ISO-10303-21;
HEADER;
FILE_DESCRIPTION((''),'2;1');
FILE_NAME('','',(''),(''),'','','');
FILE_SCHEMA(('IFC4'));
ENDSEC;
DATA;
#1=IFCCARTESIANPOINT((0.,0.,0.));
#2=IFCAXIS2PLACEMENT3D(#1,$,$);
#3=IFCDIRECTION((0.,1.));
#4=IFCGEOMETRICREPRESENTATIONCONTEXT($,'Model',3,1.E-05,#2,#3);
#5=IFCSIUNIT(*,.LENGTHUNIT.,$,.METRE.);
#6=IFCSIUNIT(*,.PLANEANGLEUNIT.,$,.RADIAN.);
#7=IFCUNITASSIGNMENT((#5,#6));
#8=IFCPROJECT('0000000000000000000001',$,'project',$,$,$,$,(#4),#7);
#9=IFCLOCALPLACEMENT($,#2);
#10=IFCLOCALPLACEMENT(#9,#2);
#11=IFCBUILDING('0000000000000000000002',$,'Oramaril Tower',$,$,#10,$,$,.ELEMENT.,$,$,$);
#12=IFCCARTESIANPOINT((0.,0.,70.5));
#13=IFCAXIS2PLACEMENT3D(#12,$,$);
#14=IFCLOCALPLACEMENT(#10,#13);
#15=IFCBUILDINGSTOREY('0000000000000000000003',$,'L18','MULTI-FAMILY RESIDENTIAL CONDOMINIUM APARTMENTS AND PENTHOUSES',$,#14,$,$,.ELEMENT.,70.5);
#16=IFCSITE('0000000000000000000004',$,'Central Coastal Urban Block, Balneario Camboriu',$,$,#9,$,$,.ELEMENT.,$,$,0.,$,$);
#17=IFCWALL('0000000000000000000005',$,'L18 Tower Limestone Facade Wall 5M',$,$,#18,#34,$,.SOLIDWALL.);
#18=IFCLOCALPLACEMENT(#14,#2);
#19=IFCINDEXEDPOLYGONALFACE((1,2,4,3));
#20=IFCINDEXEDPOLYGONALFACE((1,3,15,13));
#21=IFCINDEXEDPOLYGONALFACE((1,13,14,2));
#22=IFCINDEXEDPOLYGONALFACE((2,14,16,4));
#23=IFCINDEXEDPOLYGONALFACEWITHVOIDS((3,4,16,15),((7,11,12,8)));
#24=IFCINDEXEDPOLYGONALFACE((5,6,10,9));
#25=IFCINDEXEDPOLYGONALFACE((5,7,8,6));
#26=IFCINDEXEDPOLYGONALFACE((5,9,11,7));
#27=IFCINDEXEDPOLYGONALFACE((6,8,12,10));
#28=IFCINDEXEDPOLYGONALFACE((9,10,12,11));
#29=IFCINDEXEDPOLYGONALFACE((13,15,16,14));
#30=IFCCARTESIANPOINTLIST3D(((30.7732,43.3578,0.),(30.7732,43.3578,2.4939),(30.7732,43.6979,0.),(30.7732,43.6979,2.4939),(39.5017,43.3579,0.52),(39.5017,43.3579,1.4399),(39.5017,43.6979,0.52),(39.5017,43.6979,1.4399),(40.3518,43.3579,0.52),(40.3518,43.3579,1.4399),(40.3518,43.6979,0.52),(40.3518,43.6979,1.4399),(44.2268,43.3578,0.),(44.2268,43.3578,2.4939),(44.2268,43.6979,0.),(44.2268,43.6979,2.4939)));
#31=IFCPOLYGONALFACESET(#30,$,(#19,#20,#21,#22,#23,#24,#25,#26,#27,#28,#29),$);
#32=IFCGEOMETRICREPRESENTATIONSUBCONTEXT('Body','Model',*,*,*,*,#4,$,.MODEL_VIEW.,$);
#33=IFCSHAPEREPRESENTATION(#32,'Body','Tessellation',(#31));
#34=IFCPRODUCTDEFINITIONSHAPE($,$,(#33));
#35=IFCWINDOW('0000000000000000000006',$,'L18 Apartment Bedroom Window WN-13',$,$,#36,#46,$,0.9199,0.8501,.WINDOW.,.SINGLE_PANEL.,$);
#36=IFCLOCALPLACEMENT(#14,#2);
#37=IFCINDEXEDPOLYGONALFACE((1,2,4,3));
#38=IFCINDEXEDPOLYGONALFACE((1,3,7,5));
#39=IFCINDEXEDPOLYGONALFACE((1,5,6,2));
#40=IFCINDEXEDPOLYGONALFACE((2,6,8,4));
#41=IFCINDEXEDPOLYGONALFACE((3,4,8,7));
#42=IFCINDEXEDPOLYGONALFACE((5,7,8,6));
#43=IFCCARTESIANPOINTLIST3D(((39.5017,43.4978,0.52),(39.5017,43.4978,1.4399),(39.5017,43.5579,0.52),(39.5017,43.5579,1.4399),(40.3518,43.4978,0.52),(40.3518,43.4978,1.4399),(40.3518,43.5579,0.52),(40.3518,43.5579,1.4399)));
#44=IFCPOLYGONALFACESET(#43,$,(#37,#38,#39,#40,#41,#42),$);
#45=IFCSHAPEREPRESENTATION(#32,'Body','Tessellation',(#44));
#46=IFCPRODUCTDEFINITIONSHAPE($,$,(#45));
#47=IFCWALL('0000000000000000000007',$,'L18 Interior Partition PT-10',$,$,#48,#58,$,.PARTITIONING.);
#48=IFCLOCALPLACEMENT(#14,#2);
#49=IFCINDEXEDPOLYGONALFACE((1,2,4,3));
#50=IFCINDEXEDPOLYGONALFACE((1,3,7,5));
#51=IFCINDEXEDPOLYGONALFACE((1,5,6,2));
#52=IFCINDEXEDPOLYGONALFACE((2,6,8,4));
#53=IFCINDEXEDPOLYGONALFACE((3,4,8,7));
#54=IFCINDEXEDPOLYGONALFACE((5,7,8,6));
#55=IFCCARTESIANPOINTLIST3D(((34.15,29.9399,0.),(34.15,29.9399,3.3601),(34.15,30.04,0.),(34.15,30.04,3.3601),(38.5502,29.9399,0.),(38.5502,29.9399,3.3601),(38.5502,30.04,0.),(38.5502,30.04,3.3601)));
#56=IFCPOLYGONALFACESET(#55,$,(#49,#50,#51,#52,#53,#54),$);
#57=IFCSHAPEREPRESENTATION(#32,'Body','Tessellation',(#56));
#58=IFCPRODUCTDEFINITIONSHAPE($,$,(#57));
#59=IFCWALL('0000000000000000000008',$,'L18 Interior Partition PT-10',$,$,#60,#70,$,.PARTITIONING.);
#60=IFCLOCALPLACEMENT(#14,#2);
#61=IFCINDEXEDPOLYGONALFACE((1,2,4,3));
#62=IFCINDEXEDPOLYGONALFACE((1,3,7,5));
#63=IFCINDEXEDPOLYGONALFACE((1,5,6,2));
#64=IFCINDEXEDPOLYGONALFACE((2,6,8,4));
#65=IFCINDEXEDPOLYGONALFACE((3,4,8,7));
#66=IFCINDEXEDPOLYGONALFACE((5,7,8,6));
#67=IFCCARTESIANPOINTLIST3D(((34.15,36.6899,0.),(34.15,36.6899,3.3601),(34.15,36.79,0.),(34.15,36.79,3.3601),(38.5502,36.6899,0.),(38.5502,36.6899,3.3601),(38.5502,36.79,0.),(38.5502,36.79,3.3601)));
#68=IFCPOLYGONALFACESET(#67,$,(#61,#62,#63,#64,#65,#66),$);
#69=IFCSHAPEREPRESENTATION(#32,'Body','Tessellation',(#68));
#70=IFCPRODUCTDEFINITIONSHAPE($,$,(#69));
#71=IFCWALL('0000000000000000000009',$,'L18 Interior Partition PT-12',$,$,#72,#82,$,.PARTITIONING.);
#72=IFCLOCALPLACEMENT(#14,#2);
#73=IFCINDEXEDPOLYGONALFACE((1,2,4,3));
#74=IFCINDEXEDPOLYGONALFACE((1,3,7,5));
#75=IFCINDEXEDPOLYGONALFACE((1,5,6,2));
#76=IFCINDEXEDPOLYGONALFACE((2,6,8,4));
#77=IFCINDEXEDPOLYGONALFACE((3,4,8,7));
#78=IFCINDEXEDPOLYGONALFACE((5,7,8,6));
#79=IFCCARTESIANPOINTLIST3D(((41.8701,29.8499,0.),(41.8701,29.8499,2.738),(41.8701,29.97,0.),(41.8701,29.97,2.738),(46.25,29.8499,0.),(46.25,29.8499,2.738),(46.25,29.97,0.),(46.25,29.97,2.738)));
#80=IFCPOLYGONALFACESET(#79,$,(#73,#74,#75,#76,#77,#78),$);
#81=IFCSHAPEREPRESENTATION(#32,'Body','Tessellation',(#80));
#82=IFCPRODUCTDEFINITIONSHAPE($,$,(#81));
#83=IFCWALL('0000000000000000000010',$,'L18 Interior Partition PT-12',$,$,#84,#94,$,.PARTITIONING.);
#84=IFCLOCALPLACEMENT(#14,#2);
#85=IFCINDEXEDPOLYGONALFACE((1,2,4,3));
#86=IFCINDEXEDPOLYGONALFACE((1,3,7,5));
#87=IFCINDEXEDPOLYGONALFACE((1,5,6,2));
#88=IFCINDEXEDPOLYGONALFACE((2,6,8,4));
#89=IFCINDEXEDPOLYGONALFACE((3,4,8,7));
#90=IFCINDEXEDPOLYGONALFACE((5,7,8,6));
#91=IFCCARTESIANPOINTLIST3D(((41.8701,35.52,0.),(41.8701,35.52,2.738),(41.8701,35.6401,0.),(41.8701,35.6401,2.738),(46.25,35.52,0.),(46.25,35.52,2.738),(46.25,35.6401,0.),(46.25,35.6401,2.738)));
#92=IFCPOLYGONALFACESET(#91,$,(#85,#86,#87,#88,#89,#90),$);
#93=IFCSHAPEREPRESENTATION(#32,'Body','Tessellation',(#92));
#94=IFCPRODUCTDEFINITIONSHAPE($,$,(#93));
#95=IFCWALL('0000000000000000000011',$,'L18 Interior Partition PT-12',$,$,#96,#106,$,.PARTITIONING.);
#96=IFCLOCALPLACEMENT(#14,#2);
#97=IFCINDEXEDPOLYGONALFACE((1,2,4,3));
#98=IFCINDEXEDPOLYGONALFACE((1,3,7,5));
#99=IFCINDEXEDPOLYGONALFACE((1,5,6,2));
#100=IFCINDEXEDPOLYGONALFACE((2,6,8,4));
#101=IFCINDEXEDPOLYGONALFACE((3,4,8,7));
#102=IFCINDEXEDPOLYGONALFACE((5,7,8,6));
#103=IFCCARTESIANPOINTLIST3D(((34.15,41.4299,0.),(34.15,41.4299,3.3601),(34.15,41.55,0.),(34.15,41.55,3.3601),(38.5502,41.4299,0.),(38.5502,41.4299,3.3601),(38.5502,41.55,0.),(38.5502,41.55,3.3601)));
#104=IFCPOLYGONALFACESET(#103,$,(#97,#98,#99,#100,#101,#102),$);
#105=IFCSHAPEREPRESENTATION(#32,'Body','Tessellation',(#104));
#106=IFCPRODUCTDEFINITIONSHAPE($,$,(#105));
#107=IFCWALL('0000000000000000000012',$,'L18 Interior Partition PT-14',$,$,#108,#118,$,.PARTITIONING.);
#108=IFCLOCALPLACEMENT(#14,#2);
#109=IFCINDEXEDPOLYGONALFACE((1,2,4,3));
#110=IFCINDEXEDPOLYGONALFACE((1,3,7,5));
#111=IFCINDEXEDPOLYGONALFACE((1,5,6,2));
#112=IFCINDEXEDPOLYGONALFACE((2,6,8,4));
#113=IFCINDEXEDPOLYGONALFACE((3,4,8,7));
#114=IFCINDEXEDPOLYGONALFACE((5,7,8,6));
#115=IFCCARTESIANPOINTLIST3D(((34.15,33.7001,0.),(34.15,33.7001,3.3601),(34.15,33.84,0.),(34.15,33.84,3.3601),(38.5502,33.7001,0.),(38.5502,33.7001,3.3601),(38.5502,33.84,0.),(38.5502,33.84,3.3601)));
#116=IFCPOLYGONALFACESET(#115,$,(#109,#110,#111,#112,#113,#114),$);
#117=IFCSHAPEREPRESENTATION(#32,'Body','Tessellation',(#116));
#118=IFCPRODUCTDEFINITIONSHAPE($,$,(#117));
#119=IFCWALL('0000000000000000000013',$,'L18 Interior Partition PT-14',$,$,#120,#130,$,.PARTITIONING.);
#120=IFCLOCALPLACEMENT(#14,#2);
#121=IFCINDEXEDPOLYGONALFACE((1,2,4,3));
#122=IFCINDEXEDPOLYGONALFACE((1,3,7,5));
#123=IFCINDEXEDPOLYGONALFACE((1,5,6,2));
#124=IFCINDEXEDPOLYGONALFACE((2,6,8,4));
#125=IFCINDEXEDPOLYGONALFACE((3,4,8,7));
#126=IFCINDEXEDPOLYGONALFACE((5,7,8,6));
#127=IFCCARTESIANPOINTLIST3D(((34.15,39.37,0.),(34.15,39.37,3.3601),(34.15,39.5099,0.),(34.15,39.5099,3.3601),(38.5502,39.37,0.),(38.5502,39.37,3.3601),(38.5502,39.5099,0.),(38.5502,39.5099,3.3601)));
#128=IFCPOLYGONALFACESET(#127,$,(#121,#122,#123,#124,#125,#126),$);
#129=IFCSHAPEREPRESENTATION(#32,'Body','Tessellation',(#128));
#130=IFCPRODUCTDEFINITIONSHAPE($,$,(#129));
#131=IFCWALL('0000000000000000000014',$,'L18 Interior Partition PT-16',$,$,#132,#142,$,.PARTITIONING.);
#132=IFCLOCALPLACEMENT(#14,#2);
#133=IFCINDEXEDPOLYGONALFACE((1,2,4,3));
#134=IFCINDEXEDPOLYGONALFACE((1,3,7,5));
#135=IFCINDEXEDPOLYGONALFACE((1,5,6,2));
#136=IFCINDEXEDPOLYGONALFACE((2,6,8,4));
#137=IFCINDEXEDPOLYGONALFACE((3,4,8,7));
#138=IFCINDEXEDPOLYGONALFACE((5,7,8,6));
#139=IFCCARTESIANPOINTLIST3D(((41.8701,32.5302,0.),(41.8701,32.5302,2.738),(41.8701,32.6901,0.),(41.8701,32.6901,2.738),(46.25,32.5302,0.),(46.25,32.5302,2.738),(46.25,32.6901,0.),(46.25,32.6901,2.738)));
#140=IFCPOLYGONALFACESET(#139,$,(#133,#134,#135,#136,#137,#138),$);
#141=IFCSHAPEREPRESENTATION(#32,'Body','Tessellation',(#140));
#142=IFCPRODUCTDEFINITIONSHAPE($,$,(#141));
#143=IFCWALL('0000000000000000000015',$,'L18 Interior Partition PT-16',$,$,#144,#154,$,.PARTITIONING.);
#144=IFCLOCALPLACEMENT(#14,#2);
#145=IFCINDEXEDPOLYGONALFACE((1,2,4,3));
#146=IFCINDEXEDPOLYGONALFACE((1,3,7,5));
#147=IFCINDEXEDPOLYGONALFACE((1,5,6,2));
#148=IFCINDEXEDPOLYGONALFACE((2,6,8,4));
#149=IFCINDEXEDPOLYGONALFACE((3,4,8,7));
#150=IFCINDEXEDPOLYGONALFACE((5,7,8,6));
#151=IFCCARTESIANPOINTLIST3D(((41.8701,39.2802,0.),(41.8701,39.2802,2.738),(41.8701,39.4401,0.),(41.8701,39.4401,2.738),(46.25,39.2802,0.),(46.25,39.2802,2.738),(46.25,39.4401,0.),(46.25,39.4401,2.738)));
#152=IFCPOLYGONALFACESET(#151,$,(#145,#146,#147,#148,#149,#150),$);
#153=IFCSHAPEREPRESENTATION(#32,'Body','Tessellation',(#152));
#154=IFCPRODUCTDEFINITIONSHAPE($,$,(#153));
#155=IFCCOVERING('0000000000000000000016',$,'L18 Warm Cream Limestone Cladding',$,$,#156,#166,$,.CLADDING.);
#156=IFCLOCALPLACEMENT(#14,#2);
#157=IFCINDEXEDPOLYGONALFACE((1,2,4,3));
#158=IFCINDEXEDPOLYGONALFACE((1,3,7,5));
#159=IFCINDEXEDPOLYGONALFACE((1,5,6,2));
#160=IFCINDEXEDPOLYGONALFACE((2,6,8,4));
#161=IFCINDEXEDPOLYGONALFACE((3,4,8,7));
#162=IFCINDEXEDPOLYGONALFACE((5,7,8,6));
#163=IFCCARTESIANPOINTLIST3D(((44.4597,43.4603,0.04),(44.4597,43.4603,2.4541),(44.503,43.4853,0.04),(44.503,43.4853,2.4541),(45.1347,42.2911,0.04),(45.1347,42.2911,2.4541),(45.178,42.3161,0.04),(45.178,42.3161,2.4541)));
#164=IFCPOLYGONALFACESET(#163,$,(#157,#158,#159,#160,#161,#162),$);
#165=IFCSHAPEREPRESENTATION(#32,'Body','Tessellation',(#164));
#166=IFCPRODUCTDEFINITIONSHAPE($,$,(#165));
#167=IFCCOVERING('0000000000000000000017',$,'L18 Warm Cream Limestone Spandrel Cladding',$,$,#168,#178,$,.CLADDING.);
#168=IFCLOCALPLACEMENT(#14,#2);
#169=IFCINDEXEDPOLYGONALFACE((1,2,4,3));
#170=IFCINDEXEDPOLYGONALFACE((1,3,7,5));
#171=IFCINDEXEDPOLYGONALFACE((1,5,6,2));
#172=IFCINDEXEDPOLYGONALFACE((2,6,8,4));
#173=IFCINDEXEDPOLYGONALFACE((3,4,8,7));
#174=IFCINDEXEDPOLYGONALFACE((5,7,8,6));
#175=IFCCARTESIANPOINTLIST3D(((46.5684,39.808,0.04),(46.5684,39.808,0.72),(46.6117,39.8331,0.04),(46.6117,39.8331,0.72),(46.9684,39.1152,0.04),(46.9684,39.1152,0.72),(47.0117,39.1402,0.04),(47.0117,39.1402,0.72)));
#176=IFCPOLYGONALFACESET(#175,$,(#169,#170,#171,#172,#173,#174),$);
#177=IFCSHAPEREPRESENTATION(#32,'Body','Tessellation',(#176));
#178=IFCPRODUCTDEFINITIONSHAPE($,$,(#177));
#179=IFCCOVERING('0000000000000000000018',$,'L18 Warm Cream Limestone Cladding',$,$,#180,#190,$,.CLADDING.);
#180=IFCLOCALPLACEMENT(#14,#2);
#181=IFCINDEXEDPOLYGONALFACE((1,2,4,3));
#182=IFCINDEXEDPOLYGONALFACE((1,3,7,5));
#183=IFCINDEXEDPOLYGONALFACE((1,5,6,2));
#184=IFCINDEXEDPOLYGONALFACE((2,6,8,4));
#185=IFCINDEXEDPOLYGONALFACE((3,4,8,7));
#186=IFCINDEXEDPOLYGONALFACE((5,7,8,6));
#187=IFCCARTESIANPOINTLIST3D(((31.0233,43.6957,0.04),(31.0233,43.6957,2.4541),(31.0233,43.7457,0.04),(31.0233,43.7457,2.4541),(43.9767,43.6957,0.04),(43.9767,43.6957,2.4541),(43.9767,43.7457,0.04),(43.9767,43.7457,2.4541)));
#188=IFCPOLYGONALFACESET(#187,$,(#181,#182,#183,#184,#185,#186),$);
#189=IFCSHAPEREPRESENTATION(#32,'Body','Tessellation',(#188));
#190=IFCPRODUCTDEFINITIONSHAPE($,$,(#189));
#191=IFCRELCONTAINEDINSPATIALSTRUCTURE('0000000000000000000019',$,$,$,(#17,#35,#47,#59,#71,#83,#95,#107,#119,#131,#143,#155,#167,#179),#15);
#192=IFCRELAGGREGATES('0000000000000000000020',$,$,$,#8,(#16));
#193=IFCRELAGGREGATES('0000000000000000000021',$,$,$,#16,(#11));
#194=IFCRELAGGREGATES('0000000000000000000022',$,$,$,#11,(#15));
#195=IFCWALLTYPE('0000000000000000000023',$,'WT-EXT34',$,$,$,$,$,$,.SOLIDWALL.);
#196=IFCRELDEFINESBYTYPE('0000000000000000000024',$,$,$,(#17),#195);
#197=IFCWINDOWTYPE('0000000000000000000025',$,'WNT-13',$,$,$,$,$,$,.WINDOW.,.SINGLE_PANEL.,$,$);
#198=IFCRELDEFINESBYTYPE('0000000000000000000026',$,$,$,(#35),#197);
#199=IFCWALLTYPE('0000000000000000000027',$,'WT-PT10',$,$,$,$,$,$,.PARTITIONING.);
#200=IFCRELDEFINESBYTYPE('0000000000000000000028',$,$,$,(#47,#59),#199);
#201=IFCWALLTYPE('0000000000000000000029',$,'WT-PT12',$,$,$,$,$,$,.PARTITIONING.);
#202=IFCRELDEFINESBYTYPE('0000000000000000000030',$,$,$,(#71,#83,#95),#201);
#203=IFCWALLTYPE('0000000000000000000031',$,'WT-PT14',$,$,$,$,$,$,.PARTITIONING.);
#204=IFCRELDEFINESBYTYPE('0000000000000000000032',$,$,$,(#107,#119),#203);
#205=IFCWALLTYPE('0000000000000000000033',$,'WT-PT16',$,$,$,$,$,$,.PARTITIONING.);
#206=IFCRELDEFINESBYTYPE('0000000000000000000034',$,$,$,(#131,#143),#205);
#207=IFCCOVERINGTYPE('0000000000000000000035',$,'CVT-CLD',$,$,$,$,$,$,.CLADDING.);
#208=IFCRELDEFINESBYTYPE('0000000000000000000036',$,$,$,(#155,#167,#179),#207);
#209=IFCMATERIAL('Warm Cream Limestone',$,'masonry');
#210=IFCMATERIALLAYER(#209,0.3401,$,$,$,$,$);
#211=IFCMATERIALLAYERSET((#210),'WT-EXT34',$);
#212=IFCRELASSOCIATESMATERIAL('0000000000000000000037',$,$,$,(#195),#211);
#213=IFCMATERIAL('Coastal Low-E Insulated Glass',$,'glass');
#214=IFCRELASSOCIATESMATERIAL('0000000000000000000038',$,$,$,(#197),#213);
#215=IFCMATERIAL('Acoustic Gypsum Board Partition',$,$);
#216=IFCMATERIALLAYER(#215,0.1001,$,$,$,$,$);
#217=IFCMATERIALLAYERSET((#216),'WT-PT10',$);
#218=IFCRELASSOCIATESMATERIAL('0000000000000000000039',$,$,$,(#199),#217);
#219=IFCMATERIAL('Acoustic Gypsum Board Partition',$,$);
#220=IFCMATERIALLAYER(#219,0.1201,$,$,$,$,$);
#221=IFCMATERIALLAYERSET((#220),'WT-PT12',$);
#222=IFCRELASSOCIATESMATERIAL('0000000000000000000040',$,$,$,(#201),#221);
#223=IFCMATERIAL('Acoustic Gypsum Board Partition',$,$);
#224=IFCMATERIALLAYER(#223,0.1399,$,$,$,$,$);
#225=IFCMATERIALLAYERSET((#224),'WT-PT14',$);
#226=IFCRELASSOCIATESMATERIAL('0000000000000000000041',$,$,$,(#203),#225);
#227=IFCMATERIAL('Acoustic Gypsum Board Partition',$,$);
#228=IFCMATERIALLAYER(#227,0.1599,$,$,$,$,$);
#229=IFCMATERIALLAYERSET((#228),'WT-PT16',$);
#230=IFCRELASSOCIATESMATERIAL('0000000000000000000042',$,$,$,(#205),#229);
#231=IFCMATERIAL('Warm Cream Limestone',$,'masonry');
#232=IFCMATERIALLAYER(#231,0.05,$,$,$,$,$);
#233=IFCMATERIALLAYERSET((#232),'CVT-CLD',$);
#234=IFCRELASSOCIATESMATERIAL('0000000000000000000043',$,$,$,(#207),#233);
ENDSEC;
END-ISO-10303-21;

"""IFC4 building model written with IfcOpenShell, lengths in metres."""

from ifc_helpers import new_model, si_unit, direction, frame, frame_2d, origin, origin_2d, place, context, subcontext, project, spatial, rectangle, extrude, material, layer, layer_set, type_object, element, fill, save


model = new_model("IFC4")

# Units and contexts
model_context = context("Model", 3, precision=1e-05, world=origin(), true_north=direction((0.0, 1.0)))
body_context = subcontext(model_context, "Body", "Model", "MODEL_VIEW")
ifc_project = project(units=[si_unit("LENGTHUNIT", "METRE"), si_unit("PLANEANGLEUNIT", "RADIAN")], contexts=[model_context])

# Site, building, storey
site_placement = place(None, origin())
site = spatial("IfcSite", under=ifc_project, at=site_placement, Name="Central Coastal Urban Block, Balneario Camboriu", CompositionType="ELEMENT", RefElevation=0.0)
building_placement = place(site_placement, origin())
building = spatial("IfcBuilding", under=site, at=building_placement, Name="Oramaril Tower", CompositionType="ELEMENT")
storey_placement = place(building_placement, frame((0.0, 0.0, 70.5)))
storey = spatial("IfcBuildingStorey", under=building, at=storey_placement, Name="L18", Description="MULTI-FAMILY RESIDENTIAL CONDOMINIUM APARTMENTS AND PENTHOUSES", CompositionType="ELEMENT", Elevation=70.5)

# Wall, opening, window
ifc_material_1 = material(Name="Warm Cream Limestone", Category="masonry")
ifc_layer_1 = layer(ifc_material_1, 0.3401)
ifc_layer_set_1 = layer_set([ifc_layer_1], Name="WT-EXT34")
wall_type_1 = type_object("IfcWallType", Name="WT-EXT34", PredefinedType="SOLIDWALL", material=ifc_layer_set_1)
wall_1_placement = place(storey_placement, frame((44.2268, 43.5278, 0.0), z_axis=(0.0, 0.0, 1.0), x_axis=(-1.0, 0.0, 0.0)))
wall_1 = element("IfcWall", 1, at=wall_1_placement, inside=storey, type_object=wall_type_1, Name="L18 Tower Limestone Facade Wall 5M", PredefinedType="SOLIDWALL", context=body_context, shape_type="SweptSolid", body=[
    extrude(rectangle(XDim=13.4536, YDim=0.3401, at=frame_2d((6.7268, 0.0))), origin(), (0.0, 0.0, 1.0), 2.4939),
])
opening_placement = place(wall_1_placement, frame((3.875, 0.0, 0.52)))
opening = element("IfcOpeningElement", 2, at=opening_placement, cuts=wall_1, PredefinedType="OPENING", context=body_context, shape_type="SweptSolid", body=[
    extrude(rectangle(XDim=0.8501, YDim=0.9199, at=frame_2d((0.425, 0.46))), frame((0.0, 0.1699, 0.0), z_axis=(0.0, -1.0, 0.0), x_axis=(1.0, 0.0, 0.0)), (0.0, 0.0, 1.0), 0.3401),
])
ifc_material_2 = material(Name="Coastal Low-E Insulated Glass", Category="glass")
window_type = type_object("IfcWindowType", Name="WNT-13", PartitioningType="SINGLE_PANEL", PredefinedType="WINDOW", material=ifc_material_2)
window_placement = place(opening_placement, origin())
window = element("IfcWindow", 3, at=window_placement, inside=storey, type_object=window_type, Name="L18 Apartment Bedroom Window WN-13", OverallHeight=0.9199, OverallWidth=0.8501, PartitioningType="SINGLE_PANEL", PredefinedType="WINDOW", context=body_context, shape_type="SweptSolid", body=[
    extrude(rectangle(XDim=0.8501, YDim=0.9199, at=frame_2d((0.425, 0.46))), frame((0.0, 0.03, 0.0), z_axis=(0.0, -1.0, 0.0), x_axis=(1.0, 0.0, 0.0)), (0.0, 0.0, 1.0), 0.0601),
])
fill(opening, window)

# Walls
ifc_material_3 = material(Name="Acoustic Gypsum Board Partition")
ifc_layer_2 = layer(ifc_material_3, 0.1001)
ifc_layer_set_2 = layer_set([ifc_layer_2], Name="WT-PT10")
wall_type_2 = type_object("IfcWallType", Name="WT-PT10", PredefinedType="PARTITIONING", material=ifc_layer_set_2)
for number, where, z_axis, x_axis, name in (
    (4, (34.1499, 29.99, 0.0), (0.0, 0.0, 1.0), (1.0, 0.0, 0.0), "L18 Interior Partition PT-10"),
    (5, (34.1499, 36.74, 0.0), (0.0, 0.0, 1.0), (1.0, 0.0, 0.0), "L18 Interior Partition PT-10"),
):
    element("IfcWall", number, at=place(storey_placement, frame(where, z_axis=z_axis, x_axis=x_axis)), inside=storey, type_object=wall_type_2, Name=name, PredefinedType="PARTITIONING", context=body_context, shape_type="SweptSolid", body=[
        extrude(rectangle(XDim=4.4001, YDim=0.1001, at=frame_2d((2.2002, 0.0))), origin(), (0.0, 0.0, 1.0), 3.3601),
    ])
ifc_material_4 = material(Name="Acoustic Gypsum Board Partition")
ifc_layer_3 = layer(ifc_material_4, 0.1201)
ifc_layer_set_3 = layer_set([ifc_layer_3], Name="WT-PT12")
wall_type_3 = type_object("IfcWallType", Name="WT-PT12", PredefinedType="PARTITIONING", material=ifc_layer_set_3)
for number, where, z_axis, x_axis, name in (
    (6, (41.8701, 29.9099, 0.0), (0.0, 0.0, 1.0), (1.0, 0.0, 0.0), "L18 Interior Partition PT-12"),
    (7, (41.8701, 35.5801, 0.0), (0.0, 0.0, 1.0), (1.0, 0.0, 0.0), "L18 Interior Partition PT-12"),
):
    element("IfcWall", number, at=place(storey_placement, frame(where, z_axis=z_axis, x_axis=x_axis)), inside=storey, type_object=wall_type_3, Name=name, PredefinedType="PARTITIONING", context=body_context, shape_type="SweptSolid", body=[
        extrude(rectangle(XDim=4.3799, YDim=0.1201, at=frame_2d((2.1899, 0.0))), origin(), (0.0, 0.0, 1.0), 2.738),
    ])
wall_2_placement = place(storey_placement, frame((34.1499, 41.49, 0.0), z_axis=(0.0, 0.0, 1.0), x_axis=(1.0, 0.0, 0.0)))
element("IfcWall", 8, at=wall_2_placement, inside=storey, type_object=wall_type_3, Name="L18 Interior Partition PT-12", PredefinedType="PARTITIONING", context=body_context, shape_type="SweptSolid", body=[
    extrude(rectangle(XDim=4.4001, YDim=0.1201, at=frame_2d((2.2002, 0.0))), origin(), (0.0, 0.0, 1.0), 3.3601),
])
ifc_material_5 = material(Name="Acoustic Gypsum Board Partition")
ifc_layer_4 = layer(ifc_material_5, 0.1399)
ifc_layer_set_4 = layer_set([ifc_layer_4], Name="WT-PT14")
wall_type_4 = type_object("IfcWallType", Name="WT-PT14", PredefinedType="PARTITIONING", material=ifc_layer_set_4)
for number, where, z_axis, x_axis, name in (
    (9, (34.1499, 33.77, 0.0), (0.0, 0.0, 1.0), (1.0, 0.0, 0.0), "L18 Interior Partition PT-14"),
    (10, (34.1499, 39.4399, 0.0), (0.0, 0.0, 1.0), (1.0, 0.0, 0.0), "L18 Interior Partition PT-14"),
):
    element("IfcWall", number, at=place(storey_placement, frame(where, z_axis=z_axis, x_axis=x_axis)), inside=storey, type_object=wall_type_4, Name=name, PredefinedType="PARTITIONING", context=body_context, shape_type="SweptSolid", body=[
        extrude(rectangle(XDim=4.4001, YDim=0.1399, at=frame_2d((2.2002, 0.0))), origin(), (0.0, 0.0, 1.0), 3.3601),
    ])
ifc_material_6 = material(Name="Acoustic Gypsum Board Partition")
ifc_layer_5 = layer(ifc_material_6, 0.1599)
ifc_layer_set_5 = layer_set([ifc_layer_5], Name="WT-PT16")
wall_type_5 = type_object("IfcWallType", Name="WT-PT16", PredefinedType="PARTITIONING", material=ifc_layer_set_5)
for number, where, z_axis, x_axis, name in (
    (11, (41.8701, 32.6101, 0.0), (0.0, 0.0, 1.0), (1.0, 0.0, 0.0), "L18 Interior Partition PT-16"),
    (12, (41.8701, 39.3601, 0.0), (0.0, 0.0, 1.0), (1.0, 0.0, 0.0), "L18 Interior Partition PT-16"),
):
    element("IfcWall", number, at=place(storey_placement, frame(where, z_axis=z_axis, x_axis=x_axis)), inside=storey, type_object=wall_type_5, Name=name, PredefinedType="PARTITIONING", context=body_context, shape_type="SweptSolid", body=[
        extrude(rectangle(XDim=4.3799, YDim=0.1599, at=frame_2d((2.1899, 0.0))), origin(), (0.0, 0.0, 1.0), 2.738),
    ])

# Coverings
ifc_material_7 = material(Name="Warm Cream Limestone", Category="masonry")
ifc_layer_6 = layer(ifc_material_7, 0.05)
ifc_layer_set_6 = layer_set([ifc_layer_6], Name="CVT-CLD")
covering_type = type_object("IfcCoveringType", Name="CVT-CLD", PredefinedType="CLADDING", material=ifc_layer_set_6)
covering_1_placement = place(storey_placement, frame((44.8188, 42.8882, 0.04), z_axis=(0.0, 0.0, 1.0), x_axis=(-0.5, 0.866025, 0.0)))
element("IfcCovering", 13, at=covering_1_placement, inside=storey, type_object=covering_type, Name="L18 Warm Cream Limestone Cladding", PredefinedType="CLADDING", context=body_context, shape_type="SweptSolid", body=[
    extrude(rectangle(XDim=1.3501, YDim=0.05, at=origin_2d()), origin(), (0.0, 0.0, 1.0), 2.4141),
])
covering_2_placement = place(storey_placement, frame((46.79, 39.4741, 0.04), z_axis=(0.0, 0.0, 1.0), x_axis=(-0.5, 0.866025, 0.0)))
element("IfcCovering", 14, at=covering_2_placement, inside=storey, type_object=covering_type, Name="L18 Warm Cream Limestone Spandrel Cladding", PredefinedType="CLADDING", context=body_context, shape_type="SweptSolid", body=[
    extrude(rectangle(XDim=0.8, YDim=0.05, at=origin_2d()), origin(), (0.0, 0.0, 1.0), 0.6799),
])
covering_3_placement = place(storey_placement, frame((37.5, 43.7207, 0.04), z_axis=(0.0, 0.0, 1.0), x_axis=(-1.0, 0.0, 0.0)))
element("IfcCovering", 15, at=covering_3_placement, inside=storey, type_object=covering_type, Name="L18 Warm Cream Limestone Cladding", PredefinedType="CLADDING", context=body_context, shape_type="SweptSolid", body=[
    extrude(rectangle(XDim=12.9534, YDim=0.05, at=origin_2d()), origin(), (0.0, 0.0, 1.0), 2.4141),
])

save(model, "model.ifc")
